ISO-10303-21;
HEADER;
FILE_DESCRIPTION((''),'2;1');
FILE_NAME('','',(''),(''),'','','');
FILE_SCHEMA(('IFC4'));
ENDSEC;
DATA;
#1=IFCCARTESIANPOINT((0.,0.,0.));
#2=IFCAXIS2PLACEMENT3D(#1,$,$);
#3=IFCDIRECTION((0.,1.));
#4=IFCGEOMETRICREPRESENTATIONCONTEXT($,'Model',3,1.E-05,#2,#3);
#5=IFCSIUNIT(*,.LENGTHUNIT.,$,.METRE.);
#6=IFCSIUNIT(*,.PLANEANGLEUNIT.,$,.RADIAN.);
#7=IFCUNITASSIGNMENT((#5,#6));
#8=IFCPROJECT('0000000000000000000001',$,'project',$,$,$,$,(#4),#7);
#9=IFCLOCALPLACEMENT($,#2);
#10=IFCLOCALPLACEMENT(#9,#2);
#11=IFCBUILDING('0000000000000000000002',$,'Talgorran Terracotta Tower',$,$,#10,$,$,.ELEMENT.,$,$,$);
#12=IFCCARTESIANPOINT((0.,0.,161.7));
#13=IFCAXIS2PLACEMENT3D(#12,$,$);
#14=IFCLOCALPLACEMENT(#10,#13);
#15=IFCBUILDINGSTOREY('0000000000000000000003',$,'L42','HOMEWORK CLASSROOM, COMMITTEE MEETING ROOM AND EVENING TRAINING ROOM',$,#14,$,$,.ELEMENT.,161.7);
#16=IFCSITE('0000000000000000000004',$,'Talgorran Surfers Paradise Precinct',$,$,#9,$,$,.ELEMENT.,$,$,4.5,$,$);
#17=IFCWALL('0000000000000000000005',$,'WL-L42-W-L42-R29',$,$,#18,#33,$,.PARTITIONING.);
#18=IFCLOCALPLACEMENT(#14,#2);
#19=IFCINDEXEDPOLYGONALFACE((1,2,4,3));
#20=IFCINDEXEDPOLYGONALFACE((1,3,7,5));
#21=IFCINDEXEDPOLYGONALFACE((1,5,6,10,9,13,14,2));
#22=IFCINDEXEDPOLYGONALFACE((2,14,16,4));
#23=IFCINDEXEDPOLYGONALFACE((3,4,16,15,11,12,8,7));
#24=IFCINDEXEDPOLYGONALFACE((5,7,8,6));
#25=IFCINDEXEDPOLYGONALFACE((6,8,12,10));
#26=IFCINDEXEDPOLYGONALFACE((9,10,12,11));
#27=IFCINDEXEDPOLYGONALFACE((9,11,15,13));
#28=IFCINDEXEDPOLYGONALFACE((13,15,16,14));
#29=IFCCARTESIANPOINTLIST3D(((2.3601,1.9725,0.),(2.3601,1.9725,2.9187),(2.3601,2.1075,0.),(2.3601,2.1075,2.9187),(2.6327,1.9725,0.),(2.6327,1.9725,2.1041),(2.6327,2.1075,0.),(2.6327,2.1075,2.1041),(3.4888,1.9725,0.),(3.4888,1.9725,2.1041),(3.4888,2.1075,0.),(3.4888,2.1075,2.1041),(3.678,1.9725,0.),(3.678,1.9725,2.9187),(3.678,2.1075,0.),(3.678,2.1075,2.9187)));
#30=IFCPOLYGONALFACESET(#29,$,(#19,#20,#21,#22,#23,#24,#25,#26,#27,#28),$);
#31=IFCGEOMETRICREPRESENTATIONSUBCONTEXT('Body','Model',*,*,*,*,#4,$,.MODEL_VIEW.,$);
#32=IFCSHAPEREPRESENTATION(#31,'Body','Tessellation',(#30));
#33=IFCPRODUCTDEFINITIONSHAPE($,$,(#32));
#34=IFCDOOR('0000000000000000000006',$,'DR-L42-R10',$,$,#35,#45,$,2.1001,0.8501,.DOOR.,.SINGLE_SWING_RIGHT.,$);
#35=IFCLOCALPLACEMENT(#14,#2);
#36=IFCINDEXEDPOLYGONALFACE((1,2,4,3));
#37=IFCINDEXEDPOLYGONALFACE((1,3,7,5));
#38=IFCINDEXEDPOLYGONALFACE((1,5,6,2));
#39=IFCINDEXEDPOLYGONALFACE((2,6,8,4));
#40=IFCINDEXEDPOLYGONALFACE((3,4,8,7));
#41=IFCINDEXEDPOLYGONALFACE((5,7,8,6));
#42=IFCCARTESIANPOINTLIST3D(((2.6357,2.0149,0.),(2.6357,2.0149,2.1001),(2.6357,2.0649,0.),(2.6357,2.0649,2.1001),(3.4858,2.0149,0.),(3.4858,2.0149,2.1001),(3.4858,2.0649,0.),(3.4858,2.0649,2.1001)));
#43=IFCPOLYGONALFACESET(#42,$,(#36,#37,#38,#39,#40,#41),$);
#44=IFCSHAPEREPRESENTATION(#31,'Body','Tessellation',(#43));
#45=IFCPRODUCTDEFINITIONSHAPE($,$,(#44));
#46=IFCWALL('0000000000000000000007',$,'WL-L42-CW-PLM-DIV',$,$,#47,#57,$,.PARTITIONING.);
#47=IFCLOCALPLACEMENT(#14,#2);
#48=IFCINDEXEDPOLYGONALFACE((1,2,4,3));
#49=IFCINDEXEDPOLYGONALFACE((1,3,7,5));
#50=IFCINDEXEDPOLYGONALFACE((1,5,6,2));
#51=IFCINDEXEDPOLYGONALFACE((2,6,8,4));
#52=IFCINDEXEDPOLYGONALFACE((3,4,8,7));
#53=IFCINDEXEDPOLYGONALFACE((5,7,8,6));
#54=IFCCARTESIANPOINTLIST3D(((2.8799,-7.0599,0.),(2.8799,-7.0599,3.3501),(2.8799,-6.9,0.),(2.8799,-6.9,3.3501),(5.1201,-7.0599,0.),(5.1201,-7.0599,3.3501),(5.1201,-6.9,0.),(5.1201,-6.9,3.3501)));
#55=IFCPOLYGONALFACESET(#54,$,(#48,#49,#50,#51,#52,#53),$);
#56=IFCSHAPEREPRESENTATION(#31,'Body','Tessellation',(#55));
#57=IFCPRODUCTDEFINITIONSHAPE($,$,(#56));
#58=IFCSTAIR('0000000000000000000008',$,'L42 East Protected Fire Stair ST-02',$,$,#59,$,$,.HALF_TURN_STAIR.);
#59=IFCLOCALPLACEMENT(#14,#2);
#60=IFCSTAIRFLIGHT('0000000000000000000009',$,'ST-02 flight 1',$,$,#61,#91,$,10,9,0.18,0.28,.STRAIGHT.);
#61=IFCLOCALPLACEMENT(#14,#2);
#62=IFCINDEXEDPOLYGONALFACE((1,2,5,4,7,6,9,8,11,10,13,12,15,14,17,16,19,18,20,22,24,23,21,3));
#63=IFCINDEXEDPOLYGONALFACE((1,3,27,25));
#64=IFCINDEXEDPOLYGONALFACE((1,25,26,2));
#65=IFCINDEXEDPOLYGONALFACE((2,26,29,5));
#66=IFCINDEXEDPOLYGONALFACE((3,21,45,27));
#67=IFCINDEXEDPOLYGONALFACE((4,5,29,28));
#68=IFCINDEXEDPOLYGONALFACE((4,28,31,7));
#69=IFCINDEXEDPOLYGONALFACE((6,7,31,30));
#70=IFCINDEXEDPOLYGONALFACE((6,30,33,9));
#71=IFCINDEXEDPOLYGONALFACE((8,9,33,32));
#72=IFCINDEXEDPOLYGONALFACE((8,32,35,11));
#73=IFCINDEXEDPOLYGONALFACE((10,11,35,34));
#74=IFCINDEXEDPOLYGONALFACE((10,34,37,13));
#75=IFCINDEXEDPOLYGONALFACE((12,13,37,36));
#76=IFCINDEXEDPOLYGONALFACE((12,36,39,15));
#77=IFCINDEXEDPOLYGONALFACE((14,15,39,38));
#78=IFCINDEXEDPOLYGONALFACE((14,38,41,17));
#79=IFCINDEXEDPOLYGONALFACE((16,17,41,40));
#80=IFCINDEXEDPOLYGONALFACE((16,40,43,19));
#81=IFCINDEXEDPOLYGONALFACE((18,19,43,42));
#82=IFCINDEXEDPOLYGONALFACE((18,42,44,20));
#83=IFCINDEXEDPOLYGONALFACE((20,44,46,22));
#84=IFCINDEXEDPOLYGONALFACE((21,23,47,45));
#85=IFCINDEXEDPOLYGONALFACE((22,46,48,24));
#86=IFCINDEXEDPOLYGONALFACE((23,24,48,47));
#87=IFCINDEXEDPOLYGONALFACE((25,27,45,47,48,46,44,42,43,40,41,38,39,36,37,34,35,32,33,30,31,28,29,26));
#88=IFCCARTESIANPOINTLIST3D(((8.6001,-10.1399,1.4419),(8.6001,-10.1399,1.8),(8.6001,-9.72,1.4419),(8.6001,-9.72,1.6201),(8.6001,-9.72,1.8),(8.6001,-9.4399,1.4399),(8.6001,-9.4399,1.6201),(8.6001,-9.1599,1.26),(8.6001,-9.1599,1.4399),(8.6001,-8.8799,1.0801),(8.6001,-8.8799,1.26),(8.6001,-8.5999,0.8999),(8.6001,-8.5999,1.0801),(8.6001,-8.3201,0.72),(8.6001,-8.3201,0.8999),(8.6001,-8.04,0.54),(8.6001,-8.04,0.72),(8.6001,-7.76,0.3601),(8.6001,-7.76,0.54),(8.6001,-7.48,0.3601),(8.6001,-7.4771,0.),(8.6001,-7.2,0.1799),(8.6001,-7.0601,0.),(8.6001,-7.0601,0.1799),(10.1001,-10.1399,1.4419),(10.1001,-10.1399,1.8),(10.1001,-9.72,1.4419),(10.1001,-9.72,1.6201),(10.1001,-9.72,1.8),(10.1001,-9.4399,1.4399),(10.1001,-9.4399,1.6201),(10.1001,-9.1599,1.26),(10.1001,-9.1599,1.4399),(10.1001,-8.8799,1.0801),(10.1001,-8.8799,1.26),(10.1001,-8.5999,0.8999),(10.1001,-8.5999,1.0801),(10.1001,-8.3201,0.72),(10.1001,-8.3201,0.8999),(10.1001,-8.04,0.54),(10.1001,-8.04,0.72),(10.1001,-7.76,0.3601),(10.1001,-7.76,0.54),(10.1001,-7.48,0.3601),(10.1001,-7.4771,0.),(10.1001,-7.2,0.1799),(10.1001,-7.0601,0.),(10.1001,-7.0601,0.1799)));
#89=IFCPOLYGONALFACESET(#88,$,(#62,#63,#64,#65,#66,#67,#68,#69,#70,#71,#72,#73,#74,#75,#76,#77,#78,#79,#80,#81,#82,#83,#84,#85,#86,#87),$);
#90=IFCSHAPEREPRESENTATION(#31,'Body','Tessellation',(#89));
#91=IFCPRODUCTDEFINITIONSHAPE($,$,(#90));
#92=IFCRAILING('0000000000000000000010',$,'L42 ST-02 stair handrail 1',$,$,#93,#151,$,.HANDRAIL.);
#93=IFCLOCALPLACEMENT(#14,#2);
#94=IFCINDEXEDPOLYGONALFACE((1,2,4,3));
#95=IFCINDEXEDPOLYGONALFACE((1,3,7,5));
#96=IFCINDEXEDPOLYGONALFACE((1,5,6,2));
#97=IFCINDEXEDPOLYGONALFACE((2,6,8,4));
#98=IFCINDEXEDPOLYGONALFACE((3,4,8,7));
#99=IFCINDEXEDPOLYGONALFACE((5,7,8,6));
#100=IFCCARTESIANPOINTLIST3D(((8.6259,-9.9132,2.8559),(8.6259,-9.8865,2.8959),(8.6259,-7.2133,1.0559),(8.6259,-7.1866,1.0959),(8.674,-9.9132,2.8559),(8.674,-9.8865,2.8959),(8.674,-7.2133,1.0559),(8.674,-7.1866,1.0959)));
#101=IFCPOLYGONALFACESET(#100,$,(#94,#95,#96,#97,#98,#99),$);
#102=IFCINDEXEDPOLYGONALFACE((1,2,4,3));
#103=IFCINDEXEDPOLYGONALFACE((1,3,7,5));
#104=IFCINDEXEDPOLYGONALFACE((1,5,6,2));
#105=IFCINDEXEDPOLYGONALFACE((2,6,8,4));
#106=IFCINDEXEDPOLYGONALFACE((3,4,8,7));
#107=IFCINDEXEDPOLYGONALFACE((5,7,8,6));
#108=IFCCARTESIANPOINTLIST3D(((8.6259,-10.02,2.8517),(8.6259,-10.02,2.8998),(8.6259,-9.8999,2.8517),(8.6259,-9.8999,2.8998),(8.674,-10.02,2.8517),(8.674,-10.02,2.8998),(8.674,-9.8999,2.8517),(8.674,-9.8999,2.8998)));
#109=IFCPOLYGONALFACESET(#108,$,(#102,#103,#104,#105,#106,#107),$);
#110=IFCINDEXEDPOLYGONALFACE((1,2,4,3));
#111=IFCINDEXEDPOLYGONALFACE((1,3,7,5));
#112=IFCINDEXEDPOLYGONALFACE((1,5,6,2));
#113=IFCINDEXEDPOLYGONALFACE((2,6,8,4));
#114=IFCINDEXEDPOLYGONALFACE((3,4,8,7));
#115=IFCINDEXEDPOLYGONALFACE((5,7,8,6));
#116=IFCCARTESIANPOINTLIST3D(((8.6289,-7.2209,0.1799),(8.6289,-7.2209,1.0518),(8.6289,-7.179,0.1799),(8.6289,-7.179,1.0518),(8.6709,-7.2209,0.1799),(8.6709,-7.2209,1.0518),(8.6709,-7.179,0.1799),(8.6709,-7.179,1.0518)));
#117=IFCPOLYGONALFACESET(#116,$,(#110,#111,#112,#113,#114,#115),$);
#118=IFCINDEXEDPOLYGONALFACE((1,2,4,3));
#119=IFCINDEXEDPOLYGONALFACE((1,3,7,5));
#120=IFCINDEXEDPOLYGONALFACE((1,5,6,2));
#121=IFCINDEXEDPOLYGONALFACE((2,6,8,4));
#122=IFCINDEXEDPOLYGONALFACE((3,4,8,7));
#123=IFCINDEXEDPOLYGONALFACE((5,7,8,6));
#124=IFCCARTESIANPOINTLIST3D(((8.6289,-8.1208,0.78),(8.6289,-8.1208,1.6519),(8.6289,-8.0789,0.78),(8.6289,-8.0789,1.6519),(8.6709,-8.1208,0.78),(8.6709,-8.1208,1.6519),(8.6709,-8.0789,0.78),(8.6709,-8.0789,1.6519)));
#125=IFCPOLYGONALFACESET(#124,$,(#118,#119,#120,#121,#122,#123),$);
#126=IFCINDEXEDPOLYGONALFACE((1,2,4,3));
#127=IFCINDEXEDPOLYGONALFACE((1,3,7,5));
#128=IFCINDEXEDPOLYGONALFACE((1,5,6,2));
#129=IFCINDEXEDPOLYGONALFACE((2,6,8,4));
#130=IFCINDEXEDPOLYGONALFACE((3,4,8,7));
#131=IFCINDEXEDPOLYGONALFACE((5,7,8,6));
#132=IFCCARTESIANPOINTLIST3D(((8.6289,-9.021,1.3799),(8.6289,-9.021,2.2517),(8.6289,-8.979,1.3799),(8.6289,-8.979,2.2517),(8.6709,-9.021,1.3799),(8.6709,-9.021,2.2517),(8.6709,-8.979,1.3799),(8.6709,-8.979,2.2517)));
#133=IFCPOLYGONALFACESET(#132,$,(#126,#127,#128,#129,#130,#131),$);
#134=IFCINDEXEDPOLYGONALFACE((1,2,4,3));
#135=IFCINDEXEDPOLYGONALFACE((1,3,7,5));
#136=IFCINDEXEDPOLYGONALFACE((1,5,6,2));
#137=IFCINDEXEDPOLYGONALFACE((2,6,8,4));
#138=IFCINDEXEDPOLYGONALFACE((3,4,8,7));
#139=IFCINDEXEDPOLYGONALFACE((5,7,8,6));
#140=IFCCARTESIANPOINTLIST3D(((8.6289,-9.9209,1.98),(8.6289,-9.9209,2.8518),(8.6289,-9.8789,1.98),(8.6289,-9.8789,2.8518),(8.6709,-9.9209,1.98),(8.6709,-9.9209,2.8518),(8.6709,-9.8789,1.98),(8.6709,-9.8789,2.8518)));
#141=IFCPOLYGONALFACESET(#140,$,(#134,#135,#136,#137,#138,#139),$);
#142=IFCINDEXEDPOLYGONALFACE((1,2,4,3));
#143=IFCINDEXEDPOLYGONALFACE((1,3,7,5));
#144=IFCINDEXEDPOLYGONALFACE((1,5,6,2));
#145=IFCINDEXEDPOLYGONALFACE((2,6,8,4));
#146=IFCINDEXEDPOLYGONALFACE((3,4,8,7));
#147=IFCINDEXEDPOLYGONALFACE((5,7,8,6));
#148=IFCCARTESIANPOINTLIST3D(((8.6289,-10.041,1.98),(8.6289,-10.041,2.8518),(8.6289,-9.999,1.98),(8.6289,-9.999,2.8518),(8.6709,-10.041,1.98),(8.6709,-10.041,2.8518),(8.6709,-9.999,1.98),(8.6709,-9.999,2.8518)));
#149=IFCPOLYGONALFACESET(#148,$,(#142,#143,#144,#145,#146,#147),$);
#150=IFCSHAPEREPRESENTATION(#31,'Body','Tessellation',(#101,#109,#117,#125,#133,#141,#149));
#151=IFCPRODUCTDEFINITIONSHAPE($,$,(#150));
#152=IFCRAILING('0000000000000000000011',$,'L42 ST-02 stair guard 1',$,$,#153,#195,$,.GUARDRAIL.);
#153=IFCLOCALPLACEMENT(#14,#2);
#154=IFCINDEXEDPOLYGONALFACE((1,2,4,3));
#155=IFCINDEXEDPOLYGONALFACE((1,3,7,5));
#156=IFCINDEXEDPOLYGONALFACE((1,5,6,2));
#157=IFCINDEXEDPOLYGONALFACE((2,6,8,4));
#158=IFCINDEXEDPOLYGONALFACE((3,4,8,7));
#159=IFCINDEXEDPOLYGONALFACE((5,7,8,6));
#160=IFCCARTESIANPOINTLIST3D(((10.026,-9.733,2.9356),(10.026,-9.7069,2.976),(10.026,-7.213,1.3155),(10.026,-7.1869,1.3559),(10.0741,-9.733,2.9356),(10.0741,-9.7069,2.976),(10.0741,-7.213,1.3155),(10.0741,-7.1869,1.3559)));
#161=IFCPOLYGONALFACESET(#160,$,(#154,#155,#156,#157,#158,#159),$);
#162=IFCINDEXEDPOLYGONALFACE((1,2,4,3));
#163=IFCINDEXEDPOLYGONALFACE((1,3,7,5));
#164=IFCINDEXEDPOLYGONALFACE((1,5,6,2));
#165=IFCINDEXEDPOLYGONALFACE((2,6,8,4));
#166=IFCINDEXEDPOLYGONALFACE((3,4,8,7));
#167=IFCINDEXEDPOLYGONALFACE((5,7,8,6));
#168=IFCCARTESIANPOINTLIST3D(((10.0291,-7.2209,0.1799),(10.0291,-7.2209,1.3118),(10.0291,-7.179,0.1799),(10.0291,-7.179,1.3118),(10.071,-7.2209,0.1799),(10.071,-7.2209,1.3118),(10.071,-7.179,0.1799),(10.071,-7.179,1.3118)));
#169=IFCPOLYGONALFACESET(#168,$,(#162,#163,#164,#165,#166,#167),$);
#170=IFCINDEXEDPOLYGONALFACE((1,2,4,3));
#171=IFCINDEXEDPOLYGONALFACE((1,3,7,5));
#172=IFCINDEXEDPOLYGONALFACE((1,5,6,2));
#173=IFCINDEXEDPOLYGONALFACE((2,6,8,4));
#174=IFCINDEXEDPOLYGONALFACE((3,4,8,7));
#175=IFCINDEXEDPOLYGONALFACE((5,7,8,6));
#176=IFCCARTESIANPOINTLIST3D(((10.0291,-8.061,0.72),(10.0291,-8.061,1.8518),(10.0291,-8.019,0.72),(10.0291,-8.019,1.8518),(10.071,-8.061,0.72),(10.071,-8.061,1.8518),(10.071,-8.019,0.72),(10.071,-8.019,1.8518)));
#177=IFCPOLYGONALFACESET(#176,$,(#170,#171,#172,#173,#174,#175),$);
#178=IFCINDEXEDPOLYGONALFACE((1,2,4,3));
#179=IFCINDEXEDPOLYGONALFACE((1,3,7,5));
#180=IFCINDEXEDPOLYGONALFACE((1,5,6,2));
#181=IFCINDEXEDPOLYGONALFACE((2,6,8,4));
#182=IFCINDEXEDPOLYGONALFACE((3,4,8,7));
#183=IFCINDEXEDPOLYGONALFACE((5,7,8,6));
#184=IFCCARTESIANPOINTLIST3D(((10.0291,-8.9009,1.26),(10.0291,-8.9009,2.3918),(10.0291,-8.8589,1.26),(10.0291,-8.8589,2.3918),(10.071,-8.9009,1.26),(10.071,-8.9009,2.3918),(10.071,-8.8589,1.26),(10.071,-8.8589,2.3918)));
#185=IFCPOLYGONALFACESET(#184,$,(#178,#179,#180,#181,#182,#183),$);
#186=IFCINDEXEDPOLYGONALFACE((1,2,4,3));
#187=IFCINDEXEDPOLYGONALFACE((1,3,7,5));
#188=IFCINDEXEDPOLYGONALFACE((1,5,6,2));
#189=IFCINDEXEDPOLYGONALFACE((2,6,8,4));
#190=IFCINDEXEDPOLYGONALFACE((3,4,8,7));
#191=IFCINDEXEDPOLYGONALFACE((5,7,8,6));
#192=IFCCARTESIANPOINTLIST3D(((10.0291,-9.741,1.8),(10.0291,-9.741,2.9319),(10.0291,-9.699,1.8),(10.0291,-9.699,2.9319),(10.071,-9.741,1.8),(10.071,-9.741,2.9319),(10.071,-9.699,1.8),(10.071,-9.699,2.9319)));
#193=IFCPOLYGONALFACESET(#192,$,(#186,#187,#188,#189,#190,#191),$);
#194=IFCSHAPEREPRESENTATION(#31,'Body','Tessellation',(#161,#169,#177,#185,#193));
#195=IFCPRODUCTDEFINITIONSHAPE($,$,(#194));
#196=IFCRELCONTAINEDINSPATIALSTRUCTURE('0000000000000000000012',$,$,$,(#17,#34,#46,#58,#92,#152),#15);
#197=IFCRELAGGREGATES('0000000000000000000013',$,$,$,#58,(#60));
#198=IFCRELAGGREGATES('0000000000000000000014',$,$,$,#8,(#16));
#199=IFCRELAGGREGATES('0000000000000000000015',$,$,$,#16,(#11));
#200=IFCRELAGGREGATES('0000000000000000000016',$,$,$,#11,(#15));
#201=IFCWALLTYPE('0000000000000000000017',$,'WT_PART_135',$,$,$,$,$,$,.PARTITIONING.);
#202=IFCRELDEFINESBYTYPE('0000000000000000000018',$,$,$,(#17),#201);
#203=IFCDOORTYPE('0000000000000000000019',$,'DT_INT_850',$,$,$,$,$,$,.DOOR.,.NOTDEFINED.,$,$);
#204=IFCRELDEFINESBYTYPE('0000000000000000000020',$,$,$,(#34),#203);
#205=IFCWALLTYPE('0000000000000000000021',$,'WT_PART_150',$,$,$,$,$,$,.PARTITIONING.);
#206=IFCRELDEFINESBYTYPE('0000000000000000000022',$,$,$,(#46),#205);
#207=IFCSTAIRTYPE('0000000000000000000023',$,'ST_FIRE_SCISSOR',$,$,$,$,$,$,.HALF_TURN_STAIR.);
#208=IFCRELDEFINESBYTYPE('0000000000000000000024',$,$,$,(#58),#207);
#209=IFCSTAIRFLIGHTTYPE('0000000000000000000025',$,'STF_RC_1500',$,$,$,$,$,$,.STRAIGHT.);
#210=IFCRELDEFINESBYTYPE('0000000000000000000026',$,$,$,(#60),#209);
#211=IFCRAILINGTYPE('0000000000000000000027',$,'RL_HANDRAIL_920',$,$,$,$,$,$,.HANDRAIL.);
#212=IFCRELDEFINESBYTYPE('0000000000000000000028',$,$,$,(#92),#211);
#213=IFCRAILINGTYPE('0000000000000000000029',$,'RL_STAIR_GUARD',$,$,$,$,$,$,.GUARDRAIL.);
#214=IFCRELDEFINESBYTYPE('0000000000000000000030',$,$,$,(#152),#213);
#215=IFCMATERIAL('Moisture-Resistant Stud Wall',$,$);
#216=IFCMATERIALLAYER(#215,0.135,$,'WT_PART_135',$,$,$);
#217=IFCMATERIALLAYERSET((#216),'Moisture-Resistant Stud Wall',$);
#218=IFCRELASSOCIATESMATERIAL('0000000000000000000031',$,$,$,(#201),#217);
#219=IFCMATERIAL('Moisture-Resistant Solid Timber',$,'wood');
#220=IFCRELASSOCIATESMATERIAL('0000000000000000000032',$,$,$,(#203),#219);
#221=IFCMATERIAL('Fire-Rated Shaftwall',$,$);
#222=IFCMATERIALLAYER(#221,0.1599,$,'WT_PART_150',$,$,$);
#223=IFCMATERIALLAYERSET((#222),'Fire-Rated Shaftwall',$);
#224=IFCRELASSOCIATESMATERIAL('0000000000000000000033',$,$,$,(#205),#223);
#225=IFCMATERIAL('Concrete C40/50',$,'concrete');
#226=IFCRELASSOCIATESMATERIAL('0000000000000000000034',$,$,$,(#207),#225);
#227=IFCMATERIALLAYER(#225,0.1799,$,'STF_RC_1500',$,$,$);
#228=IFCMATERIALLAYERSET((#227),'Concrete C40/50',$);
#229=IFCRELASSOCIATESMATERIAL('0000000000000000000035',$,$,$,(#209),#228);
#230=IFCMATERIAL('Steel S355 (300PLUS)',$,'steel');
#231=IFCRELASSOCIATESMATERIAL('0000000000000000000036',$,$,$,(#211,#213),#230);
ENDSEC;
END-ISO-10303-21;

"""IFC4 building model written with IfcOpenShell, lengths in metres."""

from ifc_helpers import new_model, si_unit, direction, frame, frame_2d, origin, origin_2d, place, context, subcontext, project, spatial, polyline, rectangle, outline, extrude, material, layer, layer_set, type_object, element, fill, aggregate, save


model = new_model("IFC4")

# Units and contexts
model_context = context("Model", 3, precision=1e-05, world=origin(), true_north=direction((0.0, 1.0)))
body_context = subcontext(model_context, "Body", "Model", "MODEL_VIEW")
ifc_project = project(units=[si_unit("LENGTHUNIT", "METRE"), si_unit("PLANEANGLEUNIT", "RADIAN")], contexts=[model_context])

# Site, building, storey
site_placement = place(None, origin())
site = spatial("IfcSite", under=ifc_project, at=site_placement, Name="Talgorran Surfers Paradise Precinct", CompositionType="ELEMENT", RefElevation=4.5)
building_placement = place(site_placement, origin())
building = spatial("IfcBuilding", under=site, at=building_placement, Name="Talgorran Terracotta Tower", CompositionType="ELEMENT")
storey_placement = place(building_placement, frame((0.0, 0.0, 161.7)))
storey = spatial("IfcBuildingStorey", under=building, at=storey_placement, Name="L42", Description="HOMEWORK CLASSROOM, COMMITTEE MEETING ROOM AND EVENING TRAINING ROOM", CompositionType="ELEMENT", Elevation=161.7)

# Shared definitions
ifc_material_1 = material(Name="Steel S355 (300PLUS)", Category="steel")

# Shared definitions
ifc_material_2 = material(Name="Moisture-Resistant Stud Wall")
ifc_layer_1 = layer(ifc_material_2, 0.135, Name="WT_PART_135")
ifc_layer_set_1 = layer_set([ifc_layer_1], Name="Moisture-Resistant Stud Wall")
wall_type_1 = type_object("IfcWallType", Name="WT_PART_135", PredefinedType="PARTITIONING", material=ifc_layer_set_1)

# Wall, opening, door
wall_1_placement = place(storey_placement, frame((2.3601, 2.04, 0.0), z_axis=(0.0, 0.0, 1.0), x_axis=(1.0, 0.0, 0.0)))
wall_1 = element("IfcWall", 1, at=wall_1_placement, inside=storey, type_object=wall_type_1, Name="WL-L42-W-L42-R29", PredefinedType="PARTITIONING", context=body_context, shape_type="SweptSolid", body=[
    extrude(rectangle(XDim=1.3179, YDim=0.135, at=frame_2d((0.6589, 0.0))), origin(), (0.0, 0.0, 1.0), 2.9187),
])
opening_1_placement = place(wall_1_placement, frame((0.2756, 0.0, 0.0)))
opening_1 = element("IfcOpeningElement", 2, at=opening_1_placement, cuts=wall_1, PredefinedType="OPENING", context=body_context, shape_type="SweptSolid", body=[
    extrude(rectangle(XDim=0.8561, YDim=2.1041, at=frame_2d((0.425, 1.052))), frame((0.0, 0.0776, 0.0), z_axis=(0.0, -1.0, 0.0), x_axis=(1.0, 0.0, 0.0)), (0.0, 0.0, 1.0), 0.155),
])
ifc_material_3 = material(Name="Moisture-Resistant Solid Timber", Category="wood")
door_type_1 = type_object("IfcDoorType", Name="DT_INT_850", OperationType="NOTDEFINED", PredefinedType="DOOR", material=ifc_material_3)
door_1_placement = place(opening_1_placement, origin())
door_1 = element("IfcDoor", 3, at=door_1_placement, inside=storey, type_object=door_type_1, Name="DR-L42-R10", OperationType="SINGLE_SWING_RIGHT", OverallHeight=2.1001, OverallWidth=0.8501, PredefinedType="DOOR", context=body_context, shape_type="SweptSolid", body=[
    extrude(rectangle(XDim=0.8501, YDim=2.1001, at=frame_2d((0.425, 1.05))), frame((0.0, 0.0249, 0.0), z_axis=(0.0, -1.0, 0.0), x_axis=(1.0, 0.0, 0.0)), (0.0, 0.0, 1.0), 0.05),
])
fill(opening_1, door_1)

# Wall
ifc_material_4 = material(Name="Fire-Rated Shaftwall")
ifc_layer_2 = layer(ifc_material_4, 0.1599, Name="WT_PART_150")
ifc_layer_set_2 = layer_set([ifc_layer_2], Name="Fire-Rated Shaftwall")
wall_type_2 = type_object("IfcWallType", Name="WT_PART_150", PredefinedType="PARTITIONING", material=ifc_layer_set_2)
wall_2_placement = place(storey_placement, frame((2.8799, -6.98, 0.0), z_axis=(0.0, 0.0, 1.0), x_axis=(1.0, 0.0, 0.0)))
element("IfcWall", 4, at=wall_2_placement, inside=storey, type_object=wall_type_2, Name="WL-L42-CW-PLM-DIV", PredefinedType="PARTITIONING", context=body_context, shape_type="SweptSolid", body=[
    extrude(rectangle(XDim=2.2402, YDim=0.1599, at=frame_2d((1.1201, 0.0))), origin(), (0.0, 0.0, 1.0), 3.3501),
])

# Stair, stair flight
ifc_material_5 = material(Name="Concrete C40/50", Category="concrete")
stair_type = type_object("IfcStairType", Name="ST_FIRE_SCISSOR", PredefinedType="HALF_TURN_STAIR", material=ifc_material_5)
stair_placement = place(storey_placement, origin())
stair = element("IfcStair", 5, at=stair_placement, inside=storey, type_object=stair_type, Name="L42 East Protected Fire Stair ST-02", PredefinedType="HALF_TURN_STAIR")
ifc_layer_3 = layer(ifc_material_5, 0.1799, Name="STF_RC_1500")
ifc_layer_set_3 = layer_set([ifc_layer_3], Name="Concrete C40/50")
stair_flight_type = type_object("IfcStairFlightType", Name="STF_RC_1500", PredefinedType="STRAIGHT", material=ifc_layer_set_3)
stair_flight_placement = place(storey_placement, frame((9.3501, -7.2, 0.0), z_axis=(0.0, 0.0, 1.0), x_axis=(0.0, -1.0, 0.0)))
stair_flight = element("IfcStairFlight", 6, at=stair_flight_placement, type_object=stair_flight_type, Name="ST-02 flight 1", NumberOfRisers=10, NumberOfTreads=9, PredefinedType="STRAIGHT", RiserHeight=0.18, TreadLength=0.28, context=body_context, shape_type="SweptSolid", body=[
    extrude(outline(polyline([(-0.1399, 0.0), (-0.1399, 0.1799), (0.0, 0.1799), (0.28, 0.3601), (0.5601, 0.3601), (0.5601, 0.54), (0.8401, 0.54), (0.8401, 0.72), (1.1201, 0.72), (1.1201, 0.8999), (1.3999, 0.8999), (1.3999, 1.0801), (1.6799, 1.0801), (1.6799, 1.26), (1.96, 1.26), (1.96, 1.4399), (2.24, 1.4399), (2.24, 1.6201), (2.52, 1.6201), (2.52, 1.8), (2.9399, 1.8), (2.9399, 1.4419), (2.52, 1.4419), (0.2771, 0.0), (-0.1399, 0.0)])), frame((0.0, 0.75, 0.0), z_axis=(0.0, -1.0, 0.0), x_axis=(1.0, 0.0, 0.0)), (0.0, 0.0, 1.0), 1.5),
])
aggregate(stair, [stair_flight])

# Railings
railing_type_1 = type_object("IfcRailingType", Name="RL_HANDRAIL_920", PredefinedType="HANDRAIL", material=ifc_material_1)
railing_1_placement = place(storey_placement, frame((8.6499, -7.2, 0.1799)))
element("IfcRailing", 7, at=railing_1_placement, inside=storey, type_object=railing_type_1, Name="L42 ST-02 stair handrail 1", PredefinedType="HANDRAIL", context=body_context, shape_type="SweptSolid", body=[
    extrude(rectangle(XDim=0.0481, YDim=0.0481, at=origin_2d()), frame((0.0, 0.0, 0.896), z_axis=(0.0, -0.832039, 0.554718), x_axis=(1.0, 0.0, 0.0)), (0.0, 0.0, 1.0), 3.2449),
    extrude(rectangle(XDim=0.0481, YDim=0.0481, at=origin_2d()), frame((0.0, -2.7, 2.6958), z_axis=(0.0, -1.0, 0.0), x_axis=(1.0, 0.0, 0.0)), (0.0, 0.0, 1.0), 0.1201),
    extrude(rectangle(XDim=0.042, YDim=0.042, at=origin_2d()), origin(), (0.0, 0.0, 1.0), 0.8718),
    extrude(rectangle(XDim=0.042, YDim=0.042, at=origin_2d()), frame((0.0, -0.8999, 0.6001)), (0.0, 0.0, 1.0), 0.8718),
    extrude(rectangle(XDim=0.042, YDim=0.042, at=origin_2d()), frame((0.0, -1.8, 1.2)), (0.0, 0.0, 1.0), 0.8718),
    extrude(rectangle(XDim=0.042, YDim=0.042, at=origin_2d()), frame((0.0, -2.7, 1.8)), (0.0, 0.0, 1.0), 0.8718),
    extrude(rectangle(XDim=0.042, YDim=0.042, at=origin_2d()), frame((0.0, -2.8201, 1.8)), (0.0, 0.0, 1.0), 0.8718),
])
railing_type_2 = type_object("IfcRailingType", Name="RL_STAIR_GUARD", PredefinedType="GUARDRAIL", material=ifc_material_1)
railing_2_placement = place(storey_placement, frame((10.05, -7.2, 0.1799)))
element("IfcRailing", 8, at=railing_2_placement, inside=storey, type_object=railing_type_2, Name="L42 ST-02 stair guard 1", PredefinedType="GUARDRAIL", context=body_context, shape_type="SweptSolid", body=[
    extrude(rectangle(XDim=0.0481, YDim=0.0481, at=origin_2d()), frame((0.0, 0.0, 1.1558), z_axis=(0.0, -0.841163, 0.540782), x_axis=(1.0, 0.0, 0.0)), (0.0, 0.0, 1.0), 2.9958),
    extrude(rectangle(XDim=0.042, YDim=0.042, at=origin_2d()), origin(), (0.0, 0.0, 1.0), 1.1318),
    extrude(rectangle(XDim=0.042, YDim=0.042, at=origin_2d()), frame((0.0, -0.8401, 0.54)), (0.0, 0.0, 1.0), 1.1318),
    extrude(rectangle(XDim=0.042, YDim=0.042, at=origin_2d()), frame((0.0, -1.6799, 1.0801)), (0.0, 0.0, 1.0), 1.1318),
    extrude(rectangle(XDim=0.042, YDim=0.042, at=origin_2d()), frame((0.0, -2.52, 1.6201)), (0.0, 0.0, 1.0), 1.1318),
])

save(model, "model.ifc")
